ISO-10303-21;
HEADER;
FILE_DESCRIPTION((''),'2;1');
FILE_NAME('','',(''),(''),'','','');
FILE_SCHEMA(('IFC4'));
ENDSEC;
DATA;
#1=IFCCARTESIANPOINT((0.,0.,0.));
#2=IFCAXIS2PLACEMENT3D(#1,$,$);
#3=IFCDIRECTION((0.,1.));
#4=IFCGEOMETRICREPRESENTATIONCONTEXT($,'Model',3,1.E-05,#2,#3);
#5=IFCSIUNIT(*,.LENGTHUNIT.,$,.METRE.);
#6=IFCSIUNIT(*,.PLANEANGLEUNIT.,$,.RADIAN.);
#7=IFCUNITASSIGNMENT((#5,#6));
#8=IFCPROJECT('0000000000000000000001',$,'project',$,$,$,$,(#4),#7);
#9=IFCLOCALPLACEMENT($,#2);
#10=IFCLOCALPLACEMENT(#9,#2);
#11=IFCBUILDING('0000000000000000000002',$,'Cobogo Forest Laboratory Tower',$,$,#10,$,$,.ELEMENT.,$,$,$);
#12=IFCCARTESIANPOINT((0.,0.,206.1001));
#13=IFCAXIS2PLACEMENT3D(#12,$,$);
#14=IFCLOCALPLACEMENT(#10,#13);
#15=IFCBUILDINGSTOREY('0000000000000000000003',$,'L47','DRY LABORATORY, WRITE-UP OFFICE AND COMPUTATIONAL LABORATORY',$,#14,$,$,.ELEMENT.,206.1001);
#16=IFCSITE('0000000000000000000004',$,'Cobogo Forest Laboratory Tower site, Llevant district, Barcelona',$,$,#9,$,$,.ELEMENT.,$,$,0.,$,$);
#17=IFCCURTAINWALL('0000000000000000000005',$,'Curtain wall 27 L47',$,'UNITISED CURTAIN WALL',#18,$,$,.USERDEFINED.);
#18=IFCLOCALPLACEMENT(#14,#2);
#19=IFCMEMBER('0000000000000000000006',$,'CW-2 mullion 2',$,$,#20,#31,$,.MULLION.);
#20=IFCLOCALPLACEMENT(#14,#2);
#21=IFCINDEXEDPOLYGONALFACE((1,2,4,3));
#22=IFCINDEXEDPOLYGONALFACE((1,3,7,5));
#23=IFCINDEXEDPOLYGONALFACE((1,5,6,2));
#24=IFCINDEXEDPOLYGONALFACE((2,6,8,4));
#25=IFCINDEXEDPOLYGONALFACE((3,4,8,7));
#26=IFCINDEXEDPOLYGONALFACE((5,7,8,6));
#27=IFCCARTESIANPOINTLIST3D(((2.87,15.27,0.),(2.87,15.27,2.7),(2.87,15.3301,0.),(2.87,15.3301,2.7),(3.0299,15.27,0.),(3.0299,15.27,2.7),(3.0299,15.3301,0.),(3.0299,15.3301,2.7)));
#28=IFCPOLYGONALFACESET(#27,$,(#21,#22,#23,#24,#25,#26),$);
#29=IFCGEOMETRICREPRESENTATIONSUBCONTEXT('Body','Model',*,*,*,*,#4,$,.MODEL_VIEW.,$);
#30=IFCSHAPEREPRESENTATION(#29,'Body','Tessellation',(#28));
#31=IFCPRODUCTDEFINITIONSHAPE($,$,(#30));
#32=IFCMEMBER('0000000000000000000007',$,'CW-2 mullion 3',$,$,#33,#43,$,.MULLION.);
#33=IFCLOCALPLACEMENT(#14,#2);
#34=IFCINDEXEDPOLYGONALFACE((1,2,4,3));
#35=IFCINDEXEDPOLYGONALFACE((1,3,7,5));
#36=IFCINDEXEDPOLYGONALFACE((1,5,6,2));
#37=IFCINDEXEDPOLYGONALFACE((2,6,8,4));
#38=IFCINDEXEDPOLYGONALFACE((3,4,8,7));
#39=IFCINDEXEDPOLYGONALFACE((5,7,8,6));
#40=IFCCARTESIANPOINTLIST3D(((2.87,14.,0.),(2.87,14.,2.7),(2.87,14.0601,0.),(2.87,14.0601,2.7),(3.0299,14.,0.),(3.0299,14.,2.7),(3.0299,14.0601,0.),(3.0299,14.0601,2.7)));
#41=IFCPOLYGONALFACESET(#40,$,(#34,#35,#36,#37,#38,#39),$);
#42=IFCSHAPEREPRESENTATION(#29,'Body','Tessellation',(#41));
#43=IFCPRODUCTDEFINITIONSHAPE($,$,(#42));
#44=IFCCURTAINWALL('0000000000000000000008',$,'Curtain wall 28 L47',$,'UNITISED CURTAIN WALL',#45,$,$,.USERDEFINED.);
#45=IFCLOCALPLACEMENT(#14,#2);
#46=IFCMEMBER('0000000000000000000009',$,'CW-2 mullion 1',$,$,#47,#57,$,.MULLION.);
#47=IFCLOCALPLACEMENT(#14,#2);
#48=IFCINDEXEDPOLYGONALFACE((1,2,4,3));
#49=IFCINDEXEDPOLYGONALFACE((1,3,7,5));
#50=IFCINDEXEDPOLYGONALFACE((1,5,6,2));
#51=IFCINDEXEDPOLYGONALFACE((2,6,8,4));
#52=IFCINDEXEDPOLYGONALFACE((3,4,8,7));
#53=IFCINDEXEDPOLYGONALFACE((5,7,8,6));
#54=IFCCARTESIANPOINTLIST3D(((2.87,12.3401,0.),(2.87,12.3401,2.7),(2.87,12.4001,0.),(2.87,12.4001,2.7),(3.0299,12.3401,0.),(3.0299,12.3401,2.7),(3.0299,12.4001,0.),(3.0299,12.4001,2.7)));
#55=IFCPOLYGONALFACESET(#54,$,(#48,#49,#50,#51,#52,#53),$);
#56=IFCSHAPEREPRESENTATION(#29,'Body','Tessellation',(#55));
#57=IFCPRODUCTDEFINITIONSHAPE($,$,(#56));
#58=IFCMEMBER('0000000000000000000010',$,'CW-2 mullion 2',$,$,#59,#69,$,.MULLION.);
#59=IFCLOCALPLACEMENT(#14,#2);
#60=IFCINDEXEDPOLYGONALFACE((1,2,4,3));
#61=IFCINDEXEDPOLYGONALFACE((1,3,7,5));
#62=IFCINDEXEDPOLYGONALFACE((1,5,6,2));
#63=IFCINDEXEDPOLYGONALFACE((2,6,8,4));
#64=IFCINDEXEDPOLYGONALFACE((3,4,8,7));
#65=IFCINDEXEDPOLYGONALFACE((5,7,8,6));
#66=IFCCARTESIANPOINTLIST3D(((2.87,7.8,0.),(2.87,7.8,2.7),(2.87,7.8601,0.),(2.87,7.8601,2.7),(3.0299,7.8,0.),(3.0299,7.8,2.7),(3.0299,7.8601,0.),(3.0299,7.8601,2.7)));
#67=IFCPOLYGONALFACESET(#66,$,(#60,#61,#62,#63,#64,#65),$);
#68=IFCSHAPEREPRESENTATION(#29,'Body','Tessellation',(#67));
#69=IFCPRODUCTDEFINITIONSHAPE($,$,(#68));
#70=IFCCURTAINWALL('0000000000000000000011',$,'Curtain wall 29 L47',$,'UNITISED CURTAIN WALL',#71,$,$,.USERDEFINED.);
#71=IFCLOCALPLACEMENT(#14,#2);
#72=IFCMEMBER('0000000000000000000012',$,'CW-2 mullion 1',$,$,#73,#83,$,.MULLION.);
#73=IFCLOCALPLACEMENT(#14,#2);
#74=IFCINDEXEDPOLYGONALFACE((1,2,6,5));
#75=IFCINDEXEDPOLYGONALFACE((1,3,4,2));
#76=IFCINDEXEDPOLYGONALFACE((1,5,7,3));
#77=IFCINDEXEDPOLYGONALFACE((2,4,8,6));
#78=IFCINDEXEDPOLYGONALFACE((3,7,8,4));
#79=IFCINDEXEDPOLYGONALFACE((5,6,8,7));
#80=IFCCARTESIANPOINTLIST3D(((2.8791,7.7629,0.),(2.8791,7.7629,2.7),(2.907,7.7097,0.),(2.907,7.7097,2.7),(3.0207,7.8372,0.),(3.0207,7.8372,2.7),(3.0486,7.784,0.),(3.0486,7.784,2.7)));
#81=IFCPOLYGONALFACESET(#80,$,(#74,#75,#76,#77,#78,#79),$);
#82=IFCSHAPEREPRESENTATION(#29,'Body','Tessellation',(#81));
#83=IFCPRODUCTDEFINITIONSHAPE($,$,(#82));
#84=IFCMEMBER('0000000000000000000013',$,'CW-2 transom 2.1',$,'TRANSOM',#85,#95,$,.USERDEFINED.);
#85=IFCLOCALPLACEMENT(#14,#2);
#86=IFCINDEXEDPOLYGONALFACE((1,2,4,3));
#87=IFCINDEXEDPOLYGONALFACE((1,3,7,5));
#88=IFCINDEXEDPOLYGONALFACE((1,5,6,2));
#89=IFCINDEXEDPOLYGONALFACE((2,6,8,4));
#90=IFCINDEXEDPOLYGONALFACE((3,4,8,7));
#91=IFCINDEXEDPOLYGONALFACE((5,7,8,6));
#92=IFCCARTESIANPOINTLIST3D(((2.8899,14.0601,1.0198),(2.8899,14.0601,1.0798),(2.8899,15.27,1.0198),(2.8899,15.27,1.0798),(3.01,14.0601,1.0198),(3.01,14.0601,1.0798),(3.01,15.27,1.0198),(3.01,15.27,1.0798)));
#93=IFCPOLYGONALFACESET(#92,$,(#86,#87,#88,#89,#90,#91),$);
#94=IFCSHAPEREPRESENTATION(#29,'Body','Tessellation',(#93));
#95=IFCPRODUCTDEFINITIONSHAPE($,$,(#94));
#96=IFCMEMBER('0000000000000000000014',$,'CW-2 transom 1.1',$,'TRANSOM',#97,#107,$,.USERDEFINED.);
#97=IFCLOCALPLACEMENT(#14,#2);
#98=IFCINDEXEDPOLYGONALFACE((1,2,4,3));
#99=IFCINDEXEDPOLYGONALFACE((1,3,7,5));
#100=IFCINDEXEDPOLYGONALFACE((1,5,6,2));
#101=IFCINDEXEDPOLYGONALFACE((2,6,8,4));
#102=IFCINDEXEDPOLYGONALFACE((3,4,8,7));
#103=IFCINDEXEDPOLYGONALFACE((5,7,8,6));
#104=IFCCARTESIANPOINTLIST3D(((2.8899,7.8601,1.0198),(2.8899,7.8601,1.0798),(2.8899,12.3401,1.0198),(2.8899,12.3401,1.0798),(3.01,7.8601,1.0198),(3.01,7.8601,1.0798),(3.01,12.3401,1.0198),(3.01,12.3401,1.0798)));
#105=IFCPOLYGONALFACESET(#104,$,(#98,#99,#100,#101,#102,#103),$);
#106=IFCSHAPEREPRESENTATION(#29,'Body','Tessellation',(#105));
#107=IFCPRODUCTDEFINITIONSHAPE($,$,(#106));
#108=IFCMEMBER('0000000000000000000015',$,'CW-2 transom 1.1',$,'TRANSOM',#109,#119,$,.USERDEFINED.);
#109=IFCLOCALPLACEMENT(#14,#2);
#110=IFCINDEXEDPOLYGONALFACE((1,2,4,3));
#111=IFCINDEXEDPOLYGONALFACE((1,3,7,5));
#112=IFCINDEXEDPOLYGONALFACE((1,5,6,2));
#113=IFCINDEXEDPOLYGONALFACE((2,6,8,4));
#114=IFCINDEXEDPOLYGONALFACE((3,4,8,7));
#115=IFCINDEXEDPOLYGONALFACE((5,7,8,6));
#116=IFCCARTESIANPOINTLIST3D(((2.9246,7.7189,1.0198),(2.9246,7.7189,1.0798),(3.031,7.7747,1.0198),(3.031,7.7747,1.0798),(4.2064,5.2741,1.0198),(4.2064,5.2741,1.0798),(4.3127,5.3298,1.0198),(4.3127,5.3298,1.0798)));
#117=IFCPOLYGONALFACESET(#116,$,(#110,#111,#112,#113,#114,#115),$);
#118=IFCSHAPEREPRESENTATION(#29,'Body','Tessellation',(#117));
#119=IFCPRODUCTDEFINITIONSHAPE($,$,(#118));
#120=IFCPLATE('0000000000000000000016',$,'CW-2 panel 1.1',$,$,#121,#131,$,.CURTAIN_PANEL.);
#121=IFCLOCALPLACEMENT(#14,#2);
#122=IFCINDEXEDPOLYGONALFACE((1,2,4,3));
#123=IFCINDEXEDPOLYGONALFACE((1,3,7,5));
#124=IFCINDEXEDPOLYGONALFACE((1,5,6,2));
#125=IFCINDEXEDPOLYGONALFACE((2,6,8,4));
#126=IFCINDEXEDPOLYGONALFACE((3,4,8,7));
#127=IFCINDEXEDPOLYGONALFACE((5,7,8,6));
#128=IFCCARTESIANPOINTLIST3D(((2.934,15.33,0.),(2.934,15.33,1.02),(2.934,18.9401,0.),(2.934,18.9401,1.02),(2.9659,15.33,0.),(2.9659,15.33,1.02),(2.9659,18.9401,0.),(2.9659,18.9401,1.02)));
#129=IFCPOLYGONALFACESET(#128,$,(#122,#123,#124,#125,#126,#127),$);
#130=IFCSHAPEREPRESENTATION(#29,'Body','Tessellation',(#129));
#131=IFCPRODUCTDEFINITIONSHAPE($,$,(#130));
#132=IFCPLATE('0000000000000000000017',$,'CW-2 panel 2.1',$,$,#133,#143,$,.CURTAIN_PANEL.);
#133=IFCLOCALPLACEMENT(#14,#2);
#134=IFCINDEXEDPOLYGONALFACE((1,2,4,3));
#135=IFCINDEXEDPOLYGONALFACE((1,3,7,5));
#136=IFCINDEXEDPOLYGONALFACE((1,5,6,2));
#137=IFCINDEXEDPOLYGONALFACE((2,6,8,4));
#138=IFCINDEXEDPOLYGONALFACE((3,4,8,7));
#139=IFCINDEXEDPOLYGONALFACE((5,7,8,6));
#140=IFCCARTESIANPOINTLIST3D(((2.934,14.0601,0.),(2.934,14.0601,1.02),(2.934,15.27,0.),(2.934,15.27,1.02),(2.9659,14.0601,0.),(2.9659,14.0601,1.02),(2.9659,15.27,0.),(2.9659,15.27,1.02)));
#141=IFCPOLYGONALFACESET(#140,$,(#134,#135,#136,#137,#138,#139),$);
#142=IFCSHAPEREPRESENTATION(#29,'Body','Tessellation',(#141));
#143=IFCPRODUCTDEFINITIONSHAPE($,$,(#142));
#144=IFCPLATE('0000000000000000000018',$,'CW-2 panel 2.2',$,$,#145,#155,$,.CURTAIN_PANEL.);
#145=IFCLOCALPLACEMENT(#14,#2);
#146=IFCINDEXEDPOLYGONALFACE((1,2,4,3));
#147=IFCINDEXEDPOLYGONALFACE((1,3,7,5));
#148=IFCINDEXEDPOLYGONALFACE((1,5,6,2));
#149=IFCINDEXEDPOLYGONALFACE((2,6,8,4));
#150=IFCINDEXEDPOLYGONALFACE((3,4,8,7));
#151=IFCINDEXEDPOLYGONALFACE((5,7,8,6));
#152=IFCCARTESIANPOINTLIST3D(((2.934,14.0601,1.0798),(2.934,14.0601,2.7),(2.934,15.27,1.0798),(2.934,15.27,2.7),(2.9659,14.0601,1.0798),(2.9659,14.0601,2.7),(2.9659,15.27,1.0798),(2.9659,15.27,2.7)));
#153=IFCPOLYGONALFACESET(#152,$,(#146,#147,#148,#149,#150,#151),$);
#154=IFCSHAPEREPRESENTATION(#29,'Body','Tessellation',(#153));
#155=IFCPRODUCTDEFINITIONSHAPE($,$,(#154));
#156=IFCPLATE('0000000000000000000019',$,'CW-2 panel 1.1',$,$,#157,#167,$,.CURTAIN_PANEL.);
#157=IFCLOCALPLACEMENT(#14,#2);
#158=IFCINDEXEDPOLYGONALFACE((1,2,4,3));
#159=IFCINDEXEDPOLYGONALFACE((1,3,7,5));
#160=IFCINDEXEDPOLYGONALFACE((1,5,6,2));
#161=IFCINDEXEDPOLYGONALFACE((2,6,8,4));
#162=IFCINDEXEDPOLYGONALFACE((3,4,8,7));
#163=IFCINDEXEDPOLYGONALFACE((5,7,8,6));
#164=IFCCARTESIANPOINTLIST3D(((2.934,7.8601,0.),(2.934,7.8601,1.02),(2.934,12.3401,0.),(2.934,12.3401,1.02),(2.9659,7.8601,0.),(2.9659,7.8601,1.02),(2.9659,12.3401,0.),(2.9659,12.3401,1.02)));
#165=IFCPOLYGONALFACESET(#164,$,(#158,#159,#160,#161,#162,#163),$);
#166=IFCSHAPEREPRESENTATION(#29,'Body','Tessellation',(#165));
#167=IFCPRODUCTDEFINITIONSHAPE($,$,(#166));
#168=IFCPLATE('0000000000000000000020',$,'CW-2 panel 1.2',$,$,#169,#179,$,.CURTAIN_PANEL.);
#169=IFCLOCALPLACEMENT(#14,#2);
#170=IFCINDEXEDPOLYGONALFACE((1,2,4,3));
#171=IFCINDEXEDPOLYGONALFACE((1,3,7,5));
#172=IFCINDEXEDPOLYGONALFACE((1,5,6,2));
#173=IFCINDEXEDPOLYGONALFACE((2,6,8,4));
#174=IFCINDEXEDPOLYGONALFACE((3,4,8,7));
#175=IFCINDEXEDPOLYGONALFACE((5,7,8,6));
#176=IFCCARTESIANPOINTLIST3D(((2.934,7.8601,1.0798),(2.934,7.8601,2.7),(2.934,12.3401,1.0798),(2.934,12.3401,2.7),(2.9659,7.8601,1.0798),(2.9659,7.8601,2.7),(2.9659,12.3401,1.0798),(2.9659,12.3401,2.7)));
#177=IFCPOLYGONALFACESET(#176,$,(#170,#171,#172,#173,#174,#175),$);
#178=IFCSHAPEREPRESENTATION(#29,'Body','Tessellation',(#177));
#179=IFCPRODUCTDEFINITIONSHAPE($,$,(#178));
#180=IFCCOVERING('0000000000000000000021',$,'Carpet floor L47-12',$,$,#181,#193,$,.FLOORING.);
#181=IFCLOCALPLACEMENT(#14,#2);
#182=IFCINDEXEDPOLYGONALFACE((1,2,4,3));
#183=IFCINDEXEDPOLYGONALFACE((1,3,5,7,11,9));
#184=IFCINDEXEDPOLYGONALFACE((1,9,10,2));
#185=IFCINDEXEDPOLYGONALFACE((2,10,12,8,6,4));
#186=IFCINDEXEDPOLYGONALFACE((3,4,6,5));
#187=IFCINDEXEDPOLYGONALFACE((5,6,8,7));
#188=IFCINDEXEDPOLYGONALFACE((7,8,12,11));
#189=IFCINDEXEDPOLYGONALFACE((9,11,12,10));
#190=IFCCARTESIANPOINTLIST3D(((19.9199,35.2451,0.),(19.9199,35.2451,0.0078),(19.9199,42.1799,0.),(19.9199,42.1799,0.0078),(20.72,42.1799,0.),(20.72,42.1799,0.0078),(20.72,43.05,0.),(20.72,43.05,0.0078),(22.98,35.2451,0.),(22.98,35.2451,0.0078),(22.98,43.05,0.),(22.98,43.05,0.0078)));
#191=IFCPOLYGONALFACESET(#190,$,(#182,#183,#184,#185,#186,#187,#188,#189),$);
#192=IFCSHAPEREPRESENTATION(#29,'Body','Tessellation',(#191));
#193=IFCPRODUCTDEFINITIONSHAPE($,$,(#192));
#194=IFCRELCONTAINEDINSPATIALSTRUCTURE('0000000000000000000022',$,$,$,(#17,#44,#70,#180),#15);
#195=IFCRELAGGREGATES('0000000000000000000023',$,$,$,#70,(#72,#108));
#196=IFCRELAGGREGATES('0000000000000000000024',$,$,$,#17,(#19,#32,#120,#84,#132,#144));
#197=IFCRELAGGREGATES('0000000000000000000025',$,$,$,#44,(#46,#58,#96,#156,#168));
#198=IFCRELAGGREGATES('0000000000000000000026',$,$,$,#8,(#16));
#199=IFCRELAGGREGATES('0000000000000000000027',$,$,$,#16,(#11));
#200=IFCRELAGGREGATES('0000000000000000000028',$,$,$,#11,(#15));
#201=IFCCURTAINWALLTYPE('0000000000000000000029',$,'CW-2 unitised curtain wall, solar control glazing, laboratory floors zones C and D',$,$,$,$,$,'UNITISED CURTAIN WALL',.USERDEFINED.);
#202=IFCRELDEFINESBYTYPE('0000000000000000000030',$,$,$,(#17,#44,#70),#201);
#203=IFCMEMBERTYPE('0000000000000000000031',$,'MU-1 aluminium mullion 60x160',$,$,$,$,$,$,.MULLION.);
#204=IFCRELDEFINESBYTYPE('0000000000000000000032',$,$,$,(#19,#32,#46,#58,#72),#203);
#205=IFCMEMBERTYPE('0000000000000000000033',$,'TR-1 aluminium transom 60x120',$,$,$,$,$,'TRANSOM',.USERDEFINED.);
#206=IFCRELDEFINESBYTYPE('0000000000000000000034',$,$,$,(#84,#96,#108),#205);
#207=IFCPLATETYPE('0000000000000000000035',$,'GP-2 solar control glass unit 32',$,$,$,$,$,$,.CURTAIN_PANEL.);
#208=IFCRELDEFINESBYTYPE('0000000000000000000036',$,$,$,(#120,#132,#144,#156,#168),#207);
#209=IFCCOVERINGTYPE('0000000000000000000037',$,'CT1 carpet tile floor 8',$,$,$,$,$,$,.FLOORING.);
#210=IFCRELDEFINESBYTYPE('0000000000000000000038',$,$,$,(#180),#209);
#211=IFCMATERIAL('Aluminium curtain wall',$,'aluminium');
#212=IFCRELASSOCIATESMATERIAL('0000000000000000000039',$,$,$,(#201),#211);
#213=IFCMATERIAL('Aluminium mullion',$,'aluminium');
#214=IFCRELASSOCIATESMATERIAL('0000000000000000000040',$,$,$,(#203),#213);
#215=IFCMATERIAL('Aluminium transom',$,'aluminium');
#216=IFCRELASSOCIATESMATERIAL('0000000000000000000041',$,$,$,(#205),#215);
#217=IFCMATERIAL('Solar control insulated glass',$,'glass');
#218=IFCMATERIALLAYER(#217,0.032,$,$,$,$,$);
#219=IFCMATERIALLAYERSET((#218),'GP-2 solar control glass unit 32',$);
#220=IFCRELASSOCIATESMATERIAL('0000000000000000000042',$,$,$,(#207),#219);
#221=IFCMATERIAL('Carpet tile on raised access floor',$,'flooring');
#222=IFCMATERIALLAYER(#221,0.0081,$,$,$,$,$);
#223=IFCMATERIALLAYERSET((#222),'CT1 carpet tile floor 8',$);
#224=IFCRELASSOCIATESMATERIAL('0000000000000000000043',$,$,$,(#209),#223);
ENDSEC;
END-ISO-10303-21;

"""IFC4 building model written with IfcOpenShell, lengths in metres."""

from ifc_helpers import new_model, si_unit, direction, frame, origin, origin_2d, place, context, subcontext, project, spatial, polyline, rectangle, outline, extrude, material, layer, layer_set, material_profile, profile_set, type_object, element, aggregate, save


model = new_model("IFC4")

# Units and contexts
model_context = context("Model", 3, precision=1e-05, world=origin(), true_north=direction((0.0, 1.0)))
body_context = subcontext(model_context, "Body", "Model", "MODEL_VIEW")
ifc_project = project(units=[si_unit("LENGTHUNIT", "METRE"), si_unit("PLANEANGLEUNIT", "RADIAN")], contexts=[model_context])

# Site, building, storey
site_placement = place(None, origin())
site = spatial("IfcSite", under=ifc_project, at=site_placement, Name="Cobogo Forest Laboratory Tower site, Llevant district, Barcelona", CompositionType="ELEMENT", RefElevation=0.0)
building_placement = place(site_placement, origin())
building = spatial("IfcBuilding", under=site, at=building_placement, Name="Cobogo Forest Laboratory Tower", CompositionType="ELEMENT")
storey_placement = place(building_placement, frame((0.0, 0.0, 206.1001)))
storey = spatial("IfcBuildingStorey", under=building, at=storey_placement, Name="L47", Description="DRY LABORATORY, WRITE-UP OFFICE AND COMPUTATIONAL LABORATORY", CompositionType="ELEMENT", Elevation=206.1001)

# Curtain walls, members
ifc_material_1 = material(Name="Aluminium curtain wall", Category="aluminium")
curtain_wall_type = type_object("IfcCurtainWallType", Name="CW-2 unitised curtain wall, solar control glazing, laboratory floors zones C and D", ElementType="UNITISED CURTAIN WALL", PredefinedType="USERDEFINED", material=ifc_material_1)
curtain_wall_1_placement = place(storey_placement, origin())
curtain_wall_1 = element("IfcCurtainWall", 1, at=curtain_wall_1_placement, inside=storey, type_object=curtain_wall_type, Name="Curtain wall 27 L47", ObjectType="UNITISED CURTAIN WALL", PredefinedType="USERDEFINED")
ifc_material_2 = material(Name="Aluminium mullion", Category="aluminium")
ifc_material_profile_1 = material_profile(ifc_material_2, rectangle(XDim=0.0601, YDim=0.1599, at=origin_2d()), Name="AL 60x160")
ifc_profile_set_1 = profile_set([ifc_material_profile_1], Name="Aluminium mullion")
member_type_1 = type_object("IfcMemberType", Name="MU-1 aluminium mullion 60x160", PredefinedType="MULLION", material=ifc_profile_set_1)
member_1_placement = place(storey_placement, frame((2.95, 15.3, 0.0), z_axis=(0.0, 0.0, 1.0), x_axis=(0.0, -1.0, 0.0)))
member_1 = element("IfcMember", 2, at=member_1_placement, type_object=member_type_1, Name="CW-2 mullion 2", PredefinedType="MULLION", context=body_context, shape_type="SweptSolid", body=[
    extrude(rectangle(XDim=0.0601, YDim=0.1599, at=origin_2d()), origin(), (0.0, 0.0, 1.0), 2.7),
])
member_2_placement = place(storey_placement, frame((2.95, 14.03, 0.0), z_axis=(0.0, 0.0, 1.0), x_axis=(0.0, -1.0, 0.0)))
member_2 = element("IfcMember", 3, at=member_2_placement, type_object=member_type_1, Name="CW-2 mullion 3", PredefinedType="MULLION", context=body_context, shape_type="SweptSolid", body=[
    extrude(rectangle(XDim=0.0601, YDim=0.1599, at=origin_2d()), origin(), (0.0, 0.0, 1.0), 2.7),
])
curtain_wall_2_placement = place(storey_placement, origin())
curtain_wall_2 = element("IfcCurtainWall", 4, at=curtain_wall_2_placement, inside=storey, type_object=curtain_wall_type, Name="Curtain wall 28 L47", ObjectType="UNITISED CURTAIN WALL", PredefinedType="USERDEFINED")
member_3_placement = place(storey_placement, frame((2.95, 12.3701, 0.0), z_axis=(0.0, 0.0, 1.0), x_axis=(0.0, -1.0, 0.0)))
member_3 = element("IfcMember", 5, at=member_3_placement, type_object=member_type_1, Name="CW-2 mullion 1", PredefinedType="MULLION", context=body_context, shape_type="SweptSolid", body=[
    extrude(rectangle(XDim=0.0601, YDim=0.1599, at=origin_2d()), origin(), (0.0, 0.0, 1.0), 2.7),
])
member_4_placement = place(storey_placement, frame((2.95, 7.8301, 0.0), z_axis=(0.0, 0.0, 1.0), x_axis=(0.0, -1.0, 0.0)))
member_4 = element("IfcMember", 6, at=member_4_placement, type_object=member_type_1, Name="CW-2 mullion 2", PredefinedType="MULLION", context=body_context, shape_type="SweptSolid", body=[
    extrude(rectangle(XDim=0.0601, YDim=0.1599, at=origin_2d()), origin(), (0.0, 0.0, 1.0), 2.7),
])

# Curtain wall, member
curtain_wall_3_placement = place(storey_placement, origin())
curtain_wall_3 = element("IfcCurtainWall", 7, at=curtain_wall_3_placement, inside=storey, type_object=curtain_wall_type, Name="Curtain wall 29 L47", ObjectType="UNITISED CURTAIN WALL", PredefinedType="USERDEFINED")
member_5_placement = place(storey_placement, frame((2.9639, 7.7734, 0.0), z_axis=(0.0, 0.0, 1.0), x_axis=(0.464284, -0.885686, 0.0)))
member_5 = element("IfcMember", 8, at=member_5_placement, type_object=member_type_1, Name="CW-2 mullion 1", PredefinedType="MULLION", context=body_context, shape_type="SweptSolid", body=[
    extrude(rectangle(XDim=0.0601, YDim=0.1599, at=origin_2d()), origin(), (0.0, 0.0, 1.0), 2.7),
])

# Members
ifc_material_3 = material(Name="Aluminium transom", Category="aluminium")
ifc_material_profile_2 = material_profile(ifc_material_3, rectangle(XDim=0.1201, YDim=0.0601, at=origin_2d()), Name="AL 60x120")
ifc_profile_set_2 = profile_set([ifc_material_profile_2], Name="Aluminium transom")
member_type_2 = type_object("IfcMemberType", Name="TR-1 aluminium transom 60x120", ElementType="TRANSOM", PredefinedType="USERDEFINED", material=ifc_profile_set_2)
member_6_placement = place(storey_placement, frame((2.95, 15.27, 1.0498), z_axis=(0.0, -1.0, 0.0), x_axis=(1.0, 0.0, 0.0)))
member_6 = element("IfcMember", 9, at=member_6_placement, type_object=member_type_2, Name="CW-2 transom 2.1", ObjectType="TRANSOM", PredefinedType="USERDEFINED", context=body_context, shape_type="SweptSolid", body=[
    extrude(rectangle(XDim=0.1201, YDim=0.0601, at=origin_2d()), origin(), (0.0, 0.0, 1.0), 1.21),
])
member_7_placement = place(storey_placement, frame((2.95, 12.3401, 1.0498), z_axis=(0.0, -1.0, 0.0), x_axis=(1.0, 0.0, 0.0)))
member_7 = element("IfcMember", 10, at=member_7_placement, type_object=member_type_2, Name="CW-2 transom 1.1", ObjectType="TRANSOM", PredefinedType="USERDEFINED", context=body_context, shape_type="SweptSolid", body=[
    extrude(rectangle(XDim=0.1201, YDim=0.0601, at=origin_2d()), origin(), (0.0, 0.0, 1.0), 4.48),
])
member_8_placement = place(storey_placement, frame((2.9778, 7.7468, 1.0498), z_axis=(0.464324, -0.885665, 0.0), x_axis=(0.885665, 0.464324, 0.0)))
member_8 = element("IfcMember", 11, at=member_8_placement, type_object=member_type_2, Name="CW-2 transom 1.1", ObjectType="TRANSOM", PredefinedType="USERDEFINED", context=body_context, shape_type="SweptSolid", body=[
    extrude(rectangle(XDim=0.1201, YDim=0.0601, at=origin_2d()), origin(), (0.0, 0.0, 1.0), 2.7605),
])
aggregate(curtain_wall_3, [member_5, member_8])

# Plates
ifc_material_4 = material(Name="Solar control insulated glass", Category="glass")
ifc_layer_1 = layer(ifc_material_4, 0.032)
ifc_layer_set_1 = layer_set([ifc_layer_1], Name="GP-2 solar control glass unit 32")
plate_type_1 = type_object("IfcPlateType", Name="GP-2 solar control glass unit 32", PredefinedType="CURTAIN_PANEL", material=ifc_layer_set_1)
plate_1_placement = place(storey_placement, frame((2.95, 17.135, 0.0), z_axis=(0.0, 0.0, 1.0), x_axis=(0.0, -1.0, 0.0)))
plate_1 = element("IfcPlate", 12, at=plate_1_placement, type_object=plate_type_1, Name="CW-2 panel 1.1", PredefinedType="CURTAIN_PANEL", context=body_context, shape_type="SweptSolid", body=[
    extrude(rectangle(XDim=3.6101, YDim=0.032, at=origin_2d()), origin(), (0.0, 0.0, 1.0), 1.02),
])
plate_2_placement = place(storey_placement, frame((2.95, 14.665, 0.0), z_axis=(0.0, 0.0, 1.0), x_axis=(0.0, -1.0, 0.0)))
plate_2 = element("IfcPlate", 13, at=plate_2_placement, type_object=plate_type_1, Name="CW-2 panel 2.1", PredefinedType="CURTAIN_PANEL", context=body_context, shape_type="SweptSolid", body=[
    extrude(rectangle(XDim=1.21, YDim=0.032, at=origin_2d()), origin(), (0.0, 0.0, 1.0), 1.02),
])
plate_3_placement = place(storey_placement, frame((2.95, 14.665, 1.0798), z_axis=(0.0, 0.0, 1.0), x_axis=(0.0, -1.0, 0.0)))
plate_3 = element("IfcPlate", 14, at=plate_3_placement, type_object=plate_type_1, Name="CW-2 panel 2.2", PredefinedType="CURTAIN_PANEL", context=body_context, shape_type="SweptSolid", body=[
    extrude(rectangle(XDim=1.21, YDim=0.032, at=origin_2d()), origin(), (0.0, 0.0, 1.0), 1.6201),
])
aggregate(curtain_wall_1, [member_1, member_2, plate_1, member_6, plate_2, plate_3])
plate_4_placement = place(storey_placement, frame((2.95, 10.1001, 0.0), z_axis=(0.0, 0.0, 1.0), x_axis=(0.0, -1.0, 0.0)))
plate_4 = element("IfcPlate", 15, at=plate_4_placement, type_object=plate_type_1, Name="CW-2 panel 1.1", PredefinedType="CURTAIN_PANEL", context=body_context, shape_type="SweptSolid", body=[
    extrude(rectangle(XDim=4.48, YDim=0.032, at=origin_2d()), origin(), (0.0, 0.0, 1.0), 1.02),
])
plate_5_placement = place(storey_placement, frame((2.95, 10.1001, 1.0798), z_axis=(0.0, 0.0, 1.0), x_axis=(0.0, -1.0, 0.0)))
plate_5 = element("IfcPlate", 16, at=plate_5_placement, type_object=plate_type_1, Name="CW-2 panel 1.2", PredefinedType="CURTAIN_PANEL", context=body_context, shape_type="SweptSolid", body=[
    extrude(rectangle(XDim=4.48, YDim=0.032, at=origin_2d()), origin(), (0.0, 0.0, 1.0), 1.6201),
])
aggregate(curtain_wall_2, [member_3, member_4, member_7, plate_4, plate_5])

# Covering
ifc_material_5 = material(Name="Carpet tile on raised access floor", Category="flooring")
ifc_layer_2 = layer(ifc_material_5, 0.0081)
ifc_layer_set_2 = layer_set([ifc_layer_2], Name="CT1 carpet tile floor 8")
covering_type_1 = type_object("IfcCoveringType", Name="CT1 carpet tile floor 8", PredefinedType="FLOORING", material=ifc_layer_set_2)
covering_1_placement = place(storey_placement, origin())
element("IfcCovering", 17, at=covering_1_placement, inside=storey, type_object=covering_type_1, Name="Carpet floor L47-12", PredefinedType="FLOORING", context=body_context, shape_type="SweptSolid", body=[
    extrude(outline(polyline([(19.9199, 35.2451), (19.9199, 42.1799), (20.72, 42.1799), (20.72, 43.05), (22.98, 43.05), (22.98, 35.2451), (19.9199, 35.2451)])), origin(), (0.0, 0.0, 1.0), 0.0078),
])

save(model, "model.ifc")
